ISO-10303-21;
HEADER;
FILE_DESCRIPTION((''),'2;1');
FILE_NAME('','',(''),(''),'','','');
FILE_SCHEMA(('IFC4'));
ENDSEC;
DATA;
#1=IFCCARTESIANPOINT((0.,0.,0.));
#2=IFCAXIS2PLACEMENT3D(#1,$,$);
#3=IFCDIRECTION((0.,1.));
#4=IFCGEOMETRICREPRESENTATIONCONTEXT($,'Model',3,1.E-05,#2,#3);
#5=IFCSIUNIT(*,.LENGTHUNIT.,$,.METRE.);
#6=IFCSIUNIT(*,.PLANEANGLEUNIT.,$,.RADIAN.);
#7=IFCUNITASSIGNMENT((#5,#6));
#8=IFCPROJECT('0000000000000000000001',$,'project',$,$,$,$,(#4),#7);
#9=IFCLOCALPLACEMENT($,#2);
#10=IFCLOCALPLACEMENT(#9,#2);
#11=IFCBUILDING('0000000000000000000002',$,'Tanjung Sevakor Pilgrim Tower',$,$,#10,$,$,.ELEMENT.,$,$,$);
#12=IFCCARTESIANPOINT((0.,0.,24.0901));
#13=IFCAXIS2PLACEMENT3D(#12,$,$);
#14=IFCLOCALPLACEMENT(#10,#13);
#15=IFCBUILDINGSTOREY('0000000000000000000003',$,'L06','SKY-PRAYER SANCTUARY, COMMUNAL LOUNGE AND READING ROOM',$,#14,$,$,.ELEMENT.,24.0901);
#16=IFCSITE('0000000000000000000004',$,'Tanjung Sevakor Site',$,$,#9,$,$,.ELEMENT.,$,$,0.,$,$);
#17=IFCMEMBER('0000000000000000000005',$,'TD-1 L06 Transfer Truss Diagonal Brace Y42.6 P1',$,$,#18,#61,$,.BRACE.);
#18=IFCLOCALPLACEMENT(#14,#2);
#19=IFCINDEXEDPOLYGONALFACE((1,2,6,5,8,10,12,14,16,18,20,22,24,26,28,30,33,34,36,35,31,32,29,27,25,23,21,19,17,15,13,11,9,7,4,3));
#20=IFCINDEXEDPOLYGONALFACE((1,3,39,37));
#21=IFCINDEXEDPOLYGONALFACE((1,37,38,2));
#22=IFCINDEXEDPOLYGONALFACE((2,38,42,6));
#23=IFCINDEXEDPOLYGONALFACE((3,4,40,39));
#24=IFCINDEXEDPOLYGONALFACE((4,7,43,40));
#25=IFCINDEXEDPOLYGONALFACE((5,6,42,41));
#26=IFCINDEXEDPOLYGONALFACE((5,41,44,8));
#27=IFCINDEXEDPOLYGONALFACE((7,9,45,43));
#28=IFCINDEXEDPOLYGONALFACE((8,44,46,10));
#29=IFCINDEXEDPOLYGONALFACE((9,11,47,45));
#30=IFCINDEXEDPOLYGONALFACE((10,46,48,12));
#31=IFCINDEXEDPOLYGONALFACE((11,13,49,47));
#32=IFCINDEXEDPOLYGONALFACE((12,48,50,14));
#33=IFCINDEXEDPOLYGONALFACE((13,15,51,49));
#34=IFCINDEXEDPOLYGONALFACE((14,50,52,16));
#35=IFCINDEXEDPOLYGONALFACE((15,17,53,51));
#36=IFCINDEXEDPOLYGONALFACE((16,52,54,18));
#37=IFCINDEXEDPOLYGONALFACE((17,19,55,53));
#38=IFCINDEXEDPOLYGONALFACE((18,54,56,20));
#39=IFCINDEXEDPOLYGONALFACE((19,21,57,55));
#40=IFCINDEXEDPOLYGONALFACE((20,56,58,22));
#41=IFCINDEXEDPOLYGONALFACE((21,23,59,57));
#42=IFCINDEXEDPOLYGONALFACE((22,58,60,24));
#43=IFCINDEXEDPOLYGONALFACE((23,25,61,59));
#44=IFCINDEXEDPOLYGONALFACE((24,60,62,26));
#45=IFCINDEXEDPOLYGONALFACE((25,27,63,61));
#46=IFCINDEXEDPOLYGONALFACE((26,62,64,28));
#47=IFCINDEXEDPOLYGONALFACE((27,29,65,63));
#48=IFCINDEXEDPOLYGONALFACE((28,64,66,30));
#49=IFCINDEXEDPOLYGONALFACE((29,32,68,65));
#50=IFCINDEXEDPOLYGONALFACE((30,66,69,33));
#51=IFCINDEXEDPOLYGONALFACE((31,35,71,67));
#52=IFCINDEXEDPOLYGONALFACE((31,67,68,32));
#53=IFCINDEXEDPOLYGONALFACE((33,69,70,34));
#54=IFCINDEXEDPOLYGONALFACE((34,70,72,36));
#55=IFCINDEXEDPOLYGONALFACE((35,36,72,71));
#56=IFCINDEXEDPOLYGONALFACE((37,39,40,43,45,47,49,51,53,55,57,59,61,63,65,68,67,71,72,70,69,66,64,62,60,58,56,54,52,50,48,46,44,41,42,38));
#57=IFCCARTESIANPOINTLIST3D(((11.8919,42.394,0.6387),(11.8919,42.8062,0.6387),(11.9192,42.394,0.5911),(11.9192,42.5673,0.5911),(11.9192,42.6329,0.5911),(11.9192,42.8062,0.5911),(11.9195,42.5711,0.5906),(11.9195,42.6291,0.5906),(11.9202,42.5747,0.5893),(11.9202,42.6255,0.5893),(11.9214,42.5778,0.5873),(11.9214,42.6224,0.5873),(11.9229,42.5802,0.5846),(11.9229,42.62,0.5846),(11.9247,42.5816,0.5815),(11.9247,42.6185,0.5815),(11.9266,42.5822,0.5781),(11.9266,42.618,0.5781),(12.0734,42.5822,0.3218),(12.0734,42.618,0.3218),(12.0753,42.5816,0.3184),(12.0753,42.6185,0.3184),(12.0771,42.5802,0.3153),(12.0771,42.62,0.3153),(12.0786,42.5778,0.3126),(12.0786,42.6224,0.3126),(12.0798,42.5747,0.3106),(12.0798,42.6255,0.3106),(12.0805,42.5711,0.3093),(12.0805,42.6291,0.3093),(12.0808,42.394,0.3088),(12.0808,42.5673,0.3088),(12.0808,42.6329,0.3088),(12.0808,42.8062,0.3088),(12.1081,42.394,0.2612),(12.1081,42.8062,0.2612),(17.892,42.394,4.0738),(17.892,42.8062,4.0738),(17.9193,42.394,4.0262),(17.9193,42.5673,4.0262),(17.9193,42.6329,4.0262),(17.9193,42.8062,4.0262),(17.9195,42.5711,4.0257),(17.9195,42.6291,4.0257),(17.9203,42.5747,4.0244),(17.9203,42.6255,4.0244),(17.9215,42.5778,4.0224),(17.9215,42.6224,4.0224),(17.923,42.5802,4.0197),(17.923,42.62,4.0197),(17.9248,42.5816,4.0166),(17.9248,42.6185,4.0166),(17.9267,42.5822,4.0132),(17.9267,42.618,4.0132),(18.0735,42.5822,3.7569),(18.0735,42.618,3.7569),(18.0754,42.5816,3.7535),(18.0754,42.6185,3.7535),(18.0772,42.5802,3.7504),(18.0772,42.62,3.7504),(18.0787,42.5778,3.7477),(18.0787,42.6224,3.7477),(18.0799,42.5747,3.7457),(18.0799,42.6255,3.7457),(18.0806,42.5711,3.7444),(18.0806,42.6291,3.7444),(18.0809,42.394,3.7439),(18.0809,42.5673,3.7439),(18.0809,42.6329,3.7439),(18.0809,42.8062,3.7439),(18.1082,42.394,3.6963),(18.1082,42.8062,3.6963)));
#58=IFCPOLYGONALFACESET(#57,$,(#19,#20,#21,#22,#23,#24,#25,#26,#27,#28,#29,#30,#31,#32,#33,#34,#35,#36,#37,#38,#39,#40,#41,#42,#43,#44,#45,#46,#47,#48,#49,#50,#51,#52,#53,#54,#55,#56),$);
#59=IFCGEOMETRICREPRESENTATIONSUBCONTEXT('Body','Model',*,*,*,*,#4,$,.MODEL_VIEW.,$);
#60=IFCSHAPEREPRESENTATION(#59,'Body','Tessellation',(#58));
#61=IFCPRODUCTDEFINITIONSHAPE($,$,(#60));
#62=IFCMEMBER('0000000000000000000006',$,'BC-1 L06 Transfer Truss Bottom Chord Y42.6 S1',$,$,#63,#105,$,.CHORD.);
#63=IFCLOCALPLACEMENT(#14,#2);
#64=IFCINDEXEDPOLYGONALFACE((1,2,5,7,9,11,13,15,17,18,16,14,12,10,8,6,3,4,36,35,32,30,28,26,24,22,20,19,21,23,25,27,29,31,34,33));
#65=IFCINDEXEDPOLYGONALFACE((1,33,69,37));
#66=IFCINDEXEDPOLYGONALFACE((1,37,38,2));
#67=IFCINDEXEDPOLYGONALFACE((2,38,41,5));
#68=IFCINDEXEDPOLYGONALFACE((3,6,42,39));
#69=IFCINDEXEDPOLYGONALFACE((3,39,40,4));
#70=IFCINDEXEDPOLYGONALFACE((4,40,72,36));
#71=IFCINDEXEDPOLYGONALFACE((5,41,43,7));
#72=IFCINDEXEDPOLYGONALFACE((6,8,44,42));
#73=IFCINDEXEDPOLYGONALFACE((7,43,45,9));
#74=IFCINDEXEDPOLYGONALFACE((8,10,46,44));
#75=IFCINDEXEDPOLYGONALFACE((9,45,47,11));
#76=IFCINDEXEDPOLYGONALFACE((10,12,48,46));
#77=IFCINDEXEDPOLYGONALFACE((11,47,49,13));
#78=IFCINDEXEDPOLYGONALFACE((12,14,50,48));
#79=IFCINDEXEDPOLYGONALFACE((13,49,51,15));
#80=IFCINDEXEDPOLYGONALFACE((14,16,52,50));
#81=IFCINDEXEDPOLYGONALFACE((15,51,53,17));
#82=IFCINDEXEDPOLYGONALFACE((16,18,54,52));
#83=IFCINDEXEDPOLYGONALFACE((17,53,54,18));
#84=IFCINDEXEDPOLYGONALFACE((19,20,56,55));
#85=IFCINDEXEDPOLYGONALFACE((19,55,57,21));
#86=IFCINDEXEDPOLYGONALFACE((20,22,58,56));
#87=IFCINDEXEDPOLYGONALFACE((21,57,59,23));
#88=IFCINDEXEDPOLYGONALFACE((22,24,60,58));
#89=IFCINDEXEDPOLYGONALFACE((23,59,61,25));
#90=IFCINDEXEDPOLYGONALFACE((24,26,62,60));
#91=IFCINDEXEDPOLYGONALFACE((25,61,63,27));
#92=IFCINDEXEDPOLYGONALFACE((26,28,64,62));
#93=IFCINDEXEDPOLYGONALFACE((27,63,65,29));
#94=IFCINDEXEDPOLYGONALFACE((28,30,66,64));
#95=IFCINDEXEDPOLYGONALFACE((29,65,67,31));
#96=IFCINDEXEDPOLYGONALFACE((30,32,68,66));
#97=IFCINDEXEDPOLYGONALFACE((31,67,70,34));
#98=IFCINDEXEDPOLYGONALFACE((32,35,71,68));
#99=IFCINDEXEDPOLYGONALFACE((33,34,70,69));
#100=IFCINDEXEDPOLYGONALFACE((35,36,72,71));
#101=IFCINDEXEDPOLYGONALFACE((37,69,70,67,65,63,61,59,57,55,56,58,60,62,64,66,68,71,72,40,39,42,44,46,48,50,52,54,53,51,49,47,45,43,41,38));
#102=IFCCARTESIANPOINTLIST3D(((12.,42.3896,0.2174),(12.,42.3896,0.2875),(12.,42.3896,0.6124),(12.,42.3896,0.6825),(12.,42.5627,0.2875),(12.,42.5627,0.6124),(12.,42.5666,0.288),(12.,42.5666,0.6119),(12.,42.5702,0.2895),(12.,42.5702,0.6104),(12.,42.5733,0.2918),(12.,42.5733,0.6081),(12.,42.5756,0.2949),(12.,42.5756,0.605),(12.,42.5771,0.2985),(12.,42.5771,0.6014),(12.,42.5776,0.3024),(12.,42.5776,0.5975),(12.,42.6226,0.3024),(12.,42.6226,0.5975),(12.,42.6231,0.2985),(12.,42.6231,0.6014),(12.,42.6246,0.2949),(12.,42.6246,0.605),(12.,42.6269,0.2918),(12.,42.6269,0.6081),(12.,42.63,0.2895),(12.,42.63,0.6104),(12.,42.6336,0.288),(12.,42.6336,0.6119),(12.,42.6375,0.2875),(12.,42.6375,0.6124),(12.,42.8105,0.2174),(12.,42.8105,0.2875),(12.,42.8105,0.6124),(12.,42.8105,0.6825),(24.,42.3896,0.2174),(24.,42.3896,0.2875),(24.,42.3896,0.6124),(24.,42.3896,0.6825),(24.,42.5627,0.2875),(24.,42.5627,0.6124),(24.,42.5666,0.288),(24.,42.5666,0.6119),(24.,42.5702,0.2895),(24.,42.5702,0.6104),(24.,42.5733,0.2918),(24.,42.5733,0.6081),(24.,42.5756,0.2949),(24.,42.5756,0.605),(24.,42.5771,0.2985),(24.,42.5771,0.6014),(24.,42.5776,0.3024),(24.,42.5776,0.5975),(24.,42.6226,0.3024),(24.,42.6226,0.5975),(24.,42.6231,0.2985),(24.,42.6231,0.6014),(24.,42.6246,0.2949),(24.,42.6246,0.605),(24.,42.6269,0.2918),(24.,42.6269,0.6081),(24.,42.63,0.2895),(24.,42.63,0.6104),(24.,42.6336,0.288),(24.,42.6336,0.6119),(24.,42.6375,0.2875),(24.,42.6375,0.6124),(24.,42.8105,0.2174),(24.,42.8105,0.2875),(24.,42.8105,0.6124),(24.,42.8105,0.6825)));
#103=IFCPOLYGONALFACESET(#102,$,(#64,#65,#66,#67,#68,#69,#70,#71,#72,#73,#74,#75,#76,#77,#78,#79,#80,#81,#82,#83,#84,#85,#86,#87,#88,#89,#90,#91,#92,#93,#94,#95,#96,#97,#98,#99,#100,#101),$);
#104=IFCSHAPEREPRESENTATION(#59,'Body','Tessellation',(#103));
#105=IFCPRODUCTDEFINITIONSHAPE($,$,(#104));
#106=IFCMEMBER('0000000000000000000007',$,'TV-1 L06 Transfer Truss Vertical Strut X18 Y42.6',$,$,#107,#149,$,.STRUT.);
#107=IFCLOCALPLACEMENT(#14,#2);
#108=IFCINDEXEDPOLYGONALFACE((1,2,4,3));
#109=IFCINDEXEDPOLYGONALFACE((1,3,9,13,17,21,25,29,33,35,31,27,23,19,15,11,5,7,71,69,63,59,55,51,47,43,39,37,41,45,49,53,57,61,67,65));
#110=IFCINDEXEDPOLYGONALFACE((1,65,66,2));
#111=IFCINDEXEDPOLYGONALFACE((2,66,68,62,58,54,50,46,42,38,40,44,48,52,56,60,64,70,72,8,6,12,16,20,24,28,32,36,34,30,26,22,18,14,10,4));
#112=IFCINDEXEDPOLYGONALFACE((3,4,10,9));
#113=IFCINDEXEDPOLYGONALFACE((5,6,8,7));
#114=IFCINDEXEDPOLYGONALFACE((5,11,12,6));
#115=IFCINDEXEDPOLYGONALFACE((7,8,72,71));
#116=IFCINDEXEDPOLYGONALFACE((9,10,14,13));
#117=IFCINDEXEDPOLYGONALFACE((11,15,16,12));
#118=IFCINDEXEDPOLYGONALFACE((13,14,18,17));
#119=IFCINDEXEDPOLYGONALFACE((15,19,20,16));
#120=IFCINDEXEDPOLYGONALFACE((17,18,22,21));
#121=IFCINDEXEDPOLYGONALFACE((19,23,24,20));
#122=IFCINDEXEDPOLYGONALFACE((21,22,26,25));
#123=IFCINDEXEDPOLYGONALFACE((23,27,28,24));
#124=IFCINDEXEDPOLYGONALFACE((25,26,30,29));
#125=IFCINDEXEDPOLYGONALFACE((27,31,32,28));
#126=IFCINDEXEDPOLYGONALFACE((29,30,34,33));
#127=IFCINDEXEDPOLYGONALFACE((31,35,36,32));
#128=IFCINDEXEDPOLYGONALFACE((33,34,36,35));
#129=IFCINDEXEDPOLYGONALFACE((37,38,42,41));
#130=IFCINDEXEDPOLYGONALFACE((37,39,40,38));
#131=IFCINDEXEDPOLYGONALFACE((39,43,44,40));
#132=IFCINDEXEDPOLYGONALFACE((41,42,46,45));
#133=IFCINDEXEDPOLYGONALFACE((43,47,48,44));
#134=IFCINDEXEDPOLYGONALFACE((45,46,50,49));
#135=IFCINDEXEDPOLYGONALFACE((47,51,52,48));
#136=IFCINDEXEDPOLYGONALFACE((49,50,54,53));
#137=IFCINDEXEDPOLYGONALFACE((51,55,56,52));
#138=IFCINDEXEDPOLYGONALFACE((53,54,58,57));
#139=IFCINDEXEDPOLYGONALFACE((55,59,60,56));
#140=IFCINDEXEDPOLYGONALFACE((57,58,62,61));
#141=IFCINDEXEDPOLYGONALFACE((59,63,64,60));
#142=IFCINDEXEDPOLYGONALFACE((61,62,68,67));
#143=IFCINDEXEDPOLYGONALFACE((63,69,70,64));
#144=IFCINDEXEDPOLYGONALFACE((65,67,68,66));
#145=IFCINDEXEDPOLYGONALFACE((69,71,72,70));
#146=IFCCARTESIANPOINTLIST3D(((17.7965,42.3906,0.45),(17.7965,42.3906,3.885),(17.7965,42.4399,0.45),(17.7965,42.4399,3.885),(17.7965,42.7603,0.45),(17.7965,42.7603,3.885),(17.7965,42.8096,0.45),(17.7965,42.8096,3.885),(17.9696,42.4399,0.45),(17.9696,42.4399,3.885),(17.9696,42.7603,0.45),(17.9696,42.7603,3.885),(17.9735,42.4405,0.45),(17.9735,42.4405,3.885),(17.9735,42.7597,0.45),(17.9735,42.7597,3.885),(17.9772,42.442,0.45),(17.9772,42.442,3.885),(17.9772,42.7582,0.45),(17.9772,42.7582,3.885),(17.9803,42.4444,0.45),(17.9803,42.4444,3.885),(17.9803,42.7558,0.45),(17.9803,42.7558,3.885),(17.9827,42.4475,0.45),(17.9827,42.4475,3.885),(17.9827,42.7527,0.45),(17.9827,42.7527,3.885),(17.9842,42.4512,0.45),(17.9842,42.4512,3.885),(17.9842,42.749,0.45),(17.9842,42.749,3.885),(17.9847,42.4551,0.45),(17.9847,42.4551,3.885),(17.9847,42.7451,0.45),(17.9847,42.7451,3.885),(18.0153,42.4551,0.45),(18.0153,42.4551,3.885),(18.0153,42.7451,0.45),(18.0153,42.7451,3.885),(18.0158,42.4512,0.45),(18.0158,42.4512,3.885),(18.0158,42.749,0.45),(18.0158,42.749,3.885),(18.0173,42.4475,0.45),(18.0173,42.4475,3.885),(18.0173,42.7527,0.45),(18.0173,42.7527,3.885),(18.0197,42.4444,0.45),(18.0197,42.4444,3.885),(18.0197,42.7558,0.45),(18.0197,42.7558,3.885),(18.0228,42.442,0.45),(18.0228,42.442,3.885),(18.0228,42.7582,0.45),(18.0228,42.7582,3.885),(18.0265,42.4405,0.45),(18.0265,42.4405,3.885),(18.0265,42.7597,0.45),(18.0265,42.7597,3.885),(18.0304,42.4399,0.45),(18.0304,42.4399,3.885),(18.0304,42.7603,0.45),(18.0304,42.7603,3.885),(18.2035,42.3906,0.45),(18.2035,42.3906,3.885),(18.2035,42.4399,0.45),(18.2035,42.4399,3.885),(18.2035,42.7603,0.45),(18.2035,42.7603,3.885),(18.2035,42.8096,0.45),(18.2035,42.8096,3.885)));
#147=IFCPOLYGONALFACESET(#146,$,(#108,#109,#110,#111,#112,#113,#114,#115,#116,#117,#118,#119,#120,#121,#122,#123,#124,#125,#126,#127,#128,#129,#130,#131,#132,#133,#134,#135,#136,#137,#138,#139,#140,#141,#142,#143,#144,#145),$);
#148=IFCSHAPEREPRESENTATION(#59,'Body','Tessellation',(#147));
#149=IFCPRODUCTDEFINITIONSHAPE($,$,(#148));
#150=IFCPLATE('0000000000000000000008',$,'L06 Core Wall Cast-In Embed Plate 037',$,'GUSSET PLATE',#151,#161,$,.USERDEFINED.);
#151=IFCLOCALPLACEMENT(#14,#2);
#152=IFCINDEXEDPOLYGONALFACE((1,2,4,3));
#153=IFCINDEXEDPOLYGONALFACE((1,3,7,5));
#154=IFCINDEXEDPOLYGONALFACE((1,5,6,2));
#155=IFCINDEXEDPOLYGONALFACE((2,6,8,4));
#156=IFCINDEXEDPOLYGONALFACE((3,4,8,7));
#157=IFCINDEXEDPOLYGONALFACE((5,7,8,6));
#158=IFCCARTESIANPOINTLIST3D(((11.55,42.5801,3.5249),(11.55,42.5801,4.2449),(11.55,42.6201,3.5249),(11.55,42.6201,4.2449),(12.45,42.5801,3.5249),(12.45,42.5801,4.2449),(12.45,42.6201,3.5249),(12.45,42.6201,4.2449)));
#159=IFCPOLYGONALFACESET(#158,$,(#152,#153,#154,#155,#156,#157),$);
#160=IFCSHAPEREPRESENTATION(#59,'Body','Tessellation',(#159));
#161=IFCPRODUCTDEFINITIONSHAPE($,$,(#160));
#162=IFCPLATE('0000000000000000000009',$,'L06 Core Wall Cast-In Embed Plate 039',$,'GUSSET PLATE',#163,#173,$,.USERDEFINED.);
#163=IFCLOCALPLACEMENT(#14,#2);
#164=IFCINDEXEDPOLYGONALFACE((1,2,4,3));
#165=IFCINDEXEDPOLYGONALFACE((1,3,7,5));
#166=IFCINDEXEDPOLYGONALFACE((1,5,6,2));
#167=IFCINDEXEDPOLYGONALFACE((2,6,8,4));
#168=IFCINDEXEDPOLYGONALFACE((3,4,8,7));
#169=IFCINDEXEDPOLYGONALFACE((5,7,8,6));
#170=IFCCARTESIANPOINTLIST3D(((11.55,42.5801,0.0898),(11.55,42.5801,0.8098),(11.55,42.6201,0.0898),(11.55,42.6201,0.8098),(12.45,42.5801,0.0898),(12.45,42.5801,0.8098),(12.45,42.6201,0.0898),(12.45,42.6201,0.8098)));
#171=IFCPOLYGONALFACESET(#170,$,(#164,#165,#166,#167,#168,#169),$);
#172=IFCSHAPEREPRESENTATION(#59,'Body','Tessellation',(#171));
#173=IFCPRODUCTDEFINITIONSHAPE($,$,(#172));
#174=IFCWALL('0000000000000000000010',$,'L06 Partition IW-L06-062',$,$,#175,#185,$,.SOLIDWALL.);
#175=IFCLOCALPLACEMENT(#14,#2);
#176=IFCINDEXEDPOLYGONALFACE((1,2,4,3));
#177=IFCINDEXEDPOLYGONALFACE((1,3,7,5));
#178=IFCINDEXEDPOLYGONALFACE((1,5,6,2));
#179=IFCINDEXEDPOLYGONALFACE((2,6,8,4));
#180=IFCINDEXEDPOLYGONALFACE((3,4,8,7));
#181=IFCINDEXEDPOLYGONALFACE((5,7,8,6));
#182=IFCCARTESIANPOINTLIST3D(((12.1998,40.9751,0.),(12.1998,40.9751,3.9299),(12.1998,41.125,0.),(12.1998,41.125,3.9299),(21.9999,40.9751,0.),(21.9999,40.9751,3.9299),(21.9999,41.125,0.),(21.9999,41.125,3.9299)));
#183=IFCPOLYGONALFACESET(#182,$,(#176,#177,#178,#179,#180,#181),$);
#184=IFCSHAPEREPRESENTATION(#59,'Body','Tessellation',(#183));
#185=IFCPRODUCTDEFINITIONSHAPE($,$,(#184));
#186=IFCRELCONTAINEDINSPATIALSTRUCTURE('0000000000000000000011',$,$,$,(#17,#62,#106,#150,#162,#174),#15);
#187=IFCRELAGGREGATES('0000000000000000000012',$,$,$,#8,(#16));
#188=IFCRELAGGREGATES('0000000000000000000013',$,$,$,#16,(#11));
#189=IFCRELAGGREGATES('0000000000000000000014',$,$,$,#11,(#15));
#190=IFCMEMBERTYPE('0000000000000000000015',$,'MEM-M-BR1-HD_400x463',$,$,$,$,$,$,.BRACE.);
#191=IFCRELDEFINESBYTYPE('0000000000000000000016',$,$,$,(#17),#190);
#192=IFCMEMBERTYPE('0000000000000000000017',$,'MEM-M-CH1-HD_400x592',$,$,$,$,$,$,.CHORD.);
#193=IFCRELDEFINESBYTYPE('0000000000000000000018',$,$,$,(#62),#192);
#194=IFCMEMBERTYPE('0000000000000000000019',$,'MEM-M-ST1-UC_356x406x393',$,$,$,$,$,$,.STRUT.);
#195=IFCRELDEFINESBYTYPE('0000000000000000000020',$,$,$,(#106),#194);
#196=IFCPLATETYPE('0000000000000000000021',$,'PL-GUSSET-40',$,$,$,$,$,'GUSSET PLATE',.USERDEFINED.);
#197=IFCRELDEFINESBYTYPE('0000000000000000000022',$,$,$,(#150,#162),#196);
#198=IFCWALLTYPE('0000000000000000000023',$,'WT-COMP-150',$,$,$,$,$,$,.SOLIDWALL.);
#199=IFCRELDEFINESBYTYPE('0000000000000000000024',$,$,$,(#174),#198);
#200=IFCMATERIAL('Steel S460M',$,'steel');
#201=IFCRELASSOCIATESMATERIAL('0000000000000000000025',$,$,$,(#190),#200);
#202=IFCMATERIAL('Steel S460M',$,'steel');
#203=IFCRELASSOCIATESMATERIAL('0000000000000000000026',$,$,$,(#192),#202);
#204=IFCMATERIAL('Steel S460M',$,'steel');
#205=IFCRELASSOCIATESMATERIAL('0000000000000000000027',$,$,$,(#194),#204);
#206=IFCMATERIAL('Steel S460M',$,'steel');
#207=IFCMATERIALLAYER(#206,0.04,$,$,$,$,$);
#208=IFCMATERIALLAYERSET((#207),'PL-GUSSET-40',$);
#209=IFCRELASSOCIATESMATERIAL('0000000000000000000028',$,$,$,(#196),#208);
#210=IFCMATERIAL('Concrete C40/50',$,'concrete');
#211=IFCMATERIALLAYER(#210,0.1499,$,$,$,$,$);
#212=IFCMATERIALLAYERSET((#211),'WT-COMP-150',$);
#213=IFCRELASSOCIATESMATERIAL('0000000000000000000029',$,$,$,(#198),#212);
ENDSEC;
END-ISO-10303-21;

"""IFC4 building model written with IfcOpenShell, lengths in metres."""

from ifc_helpers import new_model, si_unit, direction, frame, frame_2d, origin, origin_2d, place, context, subcontext, project, spatial, rectangle, i_section, extrude, material, layer, layer_set, material_profile, profile_set, type_object, element, save


model = new_model("IFC4")

# Units and contexts
model_context = context("Model", 3, precision=1e-05, world=origin(), true_north=direction((0.0, 1.0)))
body_context = subcontext(model_context, "Body", "Model", "MODEL_VIEW")
ifc_project = project(units=[si_unit("LENGTHUNIT", "METRE"), si_unit("PLANEANGLEUNIT", "RADIAN")], contexts=[model_context])

# Site, building, storey
site_placement = place(None, origin())
site = spatial("IfcSite", under=ifc_project, at=site_placement, Name="Tanjung Sevakor Site", CompositionType="ELEMENT", RefElevation=0.0)
building_placement = place(site_placement, origin())
building = spatial("IfcBuilding", under=site, at=building_placement, Name="Tanjung Sevakor Pilgrim Tower", CompositionType="ELEMENT")
storey_placement = place(building_placement, frame((0.0, 0.0, 24.0901)))
storey = spatial("IfcBuildingStorey", under=building, at=storey_placement, Name="L06", Description="SKY-PRAYER SANCTUARY, COMMUNAL LOUNGE AND READING ROOM", CompositionType="ELEMENT", Elevation=24.0901)

# Members
ifc_material_1 = material(Name="Steel S460M", Category="steel")
ifc_material_profile_1 = material_profile(ifc_material_1, i_section(OverallWidth=0.4121, OverallDepth=0.4351, WebThickness=0.0359, FlangeThickness=0.0549, FilletRadius=0.0149, at=origin_2d()))
ifc_profile_set_1 = profile_set([ifc_material_profile_1], Name="Steel S460M")
member_type_1 = type_object("IfcMemberType", Name="MEM-M-BR1-HD_400x463", PredefinedType="BRACE", material=ifc_profile_set_1)
member_1_placement = place(storey_placement, frame((12.0, 42.6001, 0.45), z_axis=(0.867839, 0.0, 0.496846), x_axis=(0.0, 1.0, 0.0)))
element("IfcMember", 1, at=member_1_placement, inside=storey, type_object=member_type_1, Name="TD-1 L06 Transfer Truss Diagonal Brace Y42.6 P1", PredefinedType="BRACE", context=body_context, shape_type="SweptSolid", body=[
    extrude(i_section(OverallWidth=0.4121, OverallDepth=0.4351, WebThickness=0.0359, FlangeThickness=0.0549, FilletRadius=0.0149, at=origin_2d()), origin(), (0.0, 0.0, 1.0), 6.9138),
])
ifc_material_2 = material(Name="Steel S460M", Category="steel")
ifc_material_profile_2 = material_profile(ifc_material_2, i_section(OverallWidth=0.4209, OverallDepth=0.4651, WebThickness=0.0449, FlangeThickness=0.0701, FilletRadius=0.0149, at=origin_2d()))
ifc_profile_set_2 = profile_set([ifc_material_profile_2], Name="Steel S460M")
member_type_2 = type_object("IfcMemberType", Name="MEM-M-CH1-HD_400x592", PredefinedType="CHORD", material=ifc_profile_set_2)
member_2_placement = place(storey_placement, frame((12.0, 42.6001, 0.45), z_axis=(1.0, 0.0, 0.0), x_axis=(0.0, 1.0, 0.0)))
element("IfcMember", 2, at=member_2_placement, inside=storey, type_object=member_type_2, Name="BC-1 L06 Transfer Truss Bottom Chord Y42.6 S1", PredefinedType="CHORD", context=body_context, shape_type="SweptSolid", body=[
    extrude(i_section(OverallWidth=0.4209, OverallDepth=0.4651, WebThickness=0.0449, FlangeThickness=0.0701, FilletRadius=0.0149, at=origin_2d()), origin(), (0.0, 0.0, 1.0), 12.0),
])
ifc_material_3 = material(Name="Steel S460M", Category="steel")
ifc_material_profile_3 = material_profile(ifc_material_3, i_section(OverallWidth=0.407, OverallDepth=0.4189, WebThickness=0.0305, FlangeThickness=0.0493, FilletRadius=0.0151, at=origin_2d()))
ifc_profile_set_3 = profile_set([ifc_material_profile_3], Name="Steel S460M")
member_type_3 = type_object("IfcMemberType", Name="MEM-M-ST1-UC_356x406x393", PredefinedType="STRUT", material=ifc_profile_set_3)
member_3_placement = place(storey_placement, frame((18.0, 42.6001, 0.45), z_axis=(0.0, 0.0, 1.0), x_axis=(1.0, 0.0, 0.0)))
element("IfcMember", 3, at=member_3_placement, inside=storey, type_object=member_type_3, Name="TV-1 L06 Transfer Truss Vertical Strut X18 Y42.6", PredefinedType="STRUT", context=body_context, shape_type="SweptSolid", body=[
    extrude(i_section(OverallWidth=0.407, OverallDepth=0.4189, WebThickness=0.0305, FlangeThickness=0.0493, FilletRadius=0.0151, at=origin_2d()), origin(), (0.0, 0.0, 1.0), 3.4351),
])

# Plates
ifc_material_4 = material(Name="Steel S460M", Category="steel")
ifc_layer_1 = layer(ifc_material_4, 0.04)
ifc_layer_set_1 = layer_set([ifc_layer_1], Name="PL-GUSSET-40")
plate_type = type_object("IfcPlateType", Name="PL-GUSSET-40", ElementType="GUSSET PLATE", PredefinedType="USERDEFINED", material=ifc_layer_set_1)
for number, where, z_axis, x_axis, name in (
    (4, (12.0, 42.6001, 3.5249), (0.0, 0.0, 1.0), (1.0, 0.0, 0.0), "L06 Core Wall Cast-In Embed Plate 037"),
    (5, (12.0, 42.6001, 0.0898), (0.0, 0.0, 1.0), (1.0, 0.0, 0.0), "L06 Core Wall Cast-In Embed Plate 039"),
):
    element("IfcPlate", number, at=place(storey_placement, frame(where, z_axis=z_axis, x_axis=x_axis)), inside=storey, type_object=plate_type, Name=name, ObjectType="GUSSET PLATE", PredefinedType="USERDEFINED", context=body_context, shape_type="SweptSolid", body=[
        extrude(rectangle(XDim=0.8999, YDim=0.04, at=origin_2d()), origin(), (0.0, 0.0, 1.0), 0.72),
    ])

# Wall
ifc_material_5 = material(Name="Concrete C40/50", Category="concrete")
ifc_layer_2 = layer(ifc_material_5, 0.1499)
ifc_layer_set_2 = layer_set([ifc_layer_2], Name="WT-COMP-150")
wall_type_1 = type_object("IfcWallType", Name="WT-COMP-150", PredefinedType="SOLIDWALL", material=ifc_layer_set_2)
wall_1_placement = place(storey_placement, frame((12.2, 41.05, 0.0), z_axis=(0.0, 0.0, 1.0), x_axis=(1.0, 0.0, 0.0)))
element("IfcWall", 6, at=wall_1_placement, inside=storey, type_object=wall_type_1, Name="L06 Partition IW-L06-062", PredefinedType="SOLIDWALL", context=body_context, shape_type="SweptSolid", body=[
    extrude(rectangle(XDim=9.8, YDim=0.1499, at=frame_2d((4.8999, 0.0))), origin(), (0.0, 0.0, 1.0), 3.9299),
])

save(model, "model.ifc")
